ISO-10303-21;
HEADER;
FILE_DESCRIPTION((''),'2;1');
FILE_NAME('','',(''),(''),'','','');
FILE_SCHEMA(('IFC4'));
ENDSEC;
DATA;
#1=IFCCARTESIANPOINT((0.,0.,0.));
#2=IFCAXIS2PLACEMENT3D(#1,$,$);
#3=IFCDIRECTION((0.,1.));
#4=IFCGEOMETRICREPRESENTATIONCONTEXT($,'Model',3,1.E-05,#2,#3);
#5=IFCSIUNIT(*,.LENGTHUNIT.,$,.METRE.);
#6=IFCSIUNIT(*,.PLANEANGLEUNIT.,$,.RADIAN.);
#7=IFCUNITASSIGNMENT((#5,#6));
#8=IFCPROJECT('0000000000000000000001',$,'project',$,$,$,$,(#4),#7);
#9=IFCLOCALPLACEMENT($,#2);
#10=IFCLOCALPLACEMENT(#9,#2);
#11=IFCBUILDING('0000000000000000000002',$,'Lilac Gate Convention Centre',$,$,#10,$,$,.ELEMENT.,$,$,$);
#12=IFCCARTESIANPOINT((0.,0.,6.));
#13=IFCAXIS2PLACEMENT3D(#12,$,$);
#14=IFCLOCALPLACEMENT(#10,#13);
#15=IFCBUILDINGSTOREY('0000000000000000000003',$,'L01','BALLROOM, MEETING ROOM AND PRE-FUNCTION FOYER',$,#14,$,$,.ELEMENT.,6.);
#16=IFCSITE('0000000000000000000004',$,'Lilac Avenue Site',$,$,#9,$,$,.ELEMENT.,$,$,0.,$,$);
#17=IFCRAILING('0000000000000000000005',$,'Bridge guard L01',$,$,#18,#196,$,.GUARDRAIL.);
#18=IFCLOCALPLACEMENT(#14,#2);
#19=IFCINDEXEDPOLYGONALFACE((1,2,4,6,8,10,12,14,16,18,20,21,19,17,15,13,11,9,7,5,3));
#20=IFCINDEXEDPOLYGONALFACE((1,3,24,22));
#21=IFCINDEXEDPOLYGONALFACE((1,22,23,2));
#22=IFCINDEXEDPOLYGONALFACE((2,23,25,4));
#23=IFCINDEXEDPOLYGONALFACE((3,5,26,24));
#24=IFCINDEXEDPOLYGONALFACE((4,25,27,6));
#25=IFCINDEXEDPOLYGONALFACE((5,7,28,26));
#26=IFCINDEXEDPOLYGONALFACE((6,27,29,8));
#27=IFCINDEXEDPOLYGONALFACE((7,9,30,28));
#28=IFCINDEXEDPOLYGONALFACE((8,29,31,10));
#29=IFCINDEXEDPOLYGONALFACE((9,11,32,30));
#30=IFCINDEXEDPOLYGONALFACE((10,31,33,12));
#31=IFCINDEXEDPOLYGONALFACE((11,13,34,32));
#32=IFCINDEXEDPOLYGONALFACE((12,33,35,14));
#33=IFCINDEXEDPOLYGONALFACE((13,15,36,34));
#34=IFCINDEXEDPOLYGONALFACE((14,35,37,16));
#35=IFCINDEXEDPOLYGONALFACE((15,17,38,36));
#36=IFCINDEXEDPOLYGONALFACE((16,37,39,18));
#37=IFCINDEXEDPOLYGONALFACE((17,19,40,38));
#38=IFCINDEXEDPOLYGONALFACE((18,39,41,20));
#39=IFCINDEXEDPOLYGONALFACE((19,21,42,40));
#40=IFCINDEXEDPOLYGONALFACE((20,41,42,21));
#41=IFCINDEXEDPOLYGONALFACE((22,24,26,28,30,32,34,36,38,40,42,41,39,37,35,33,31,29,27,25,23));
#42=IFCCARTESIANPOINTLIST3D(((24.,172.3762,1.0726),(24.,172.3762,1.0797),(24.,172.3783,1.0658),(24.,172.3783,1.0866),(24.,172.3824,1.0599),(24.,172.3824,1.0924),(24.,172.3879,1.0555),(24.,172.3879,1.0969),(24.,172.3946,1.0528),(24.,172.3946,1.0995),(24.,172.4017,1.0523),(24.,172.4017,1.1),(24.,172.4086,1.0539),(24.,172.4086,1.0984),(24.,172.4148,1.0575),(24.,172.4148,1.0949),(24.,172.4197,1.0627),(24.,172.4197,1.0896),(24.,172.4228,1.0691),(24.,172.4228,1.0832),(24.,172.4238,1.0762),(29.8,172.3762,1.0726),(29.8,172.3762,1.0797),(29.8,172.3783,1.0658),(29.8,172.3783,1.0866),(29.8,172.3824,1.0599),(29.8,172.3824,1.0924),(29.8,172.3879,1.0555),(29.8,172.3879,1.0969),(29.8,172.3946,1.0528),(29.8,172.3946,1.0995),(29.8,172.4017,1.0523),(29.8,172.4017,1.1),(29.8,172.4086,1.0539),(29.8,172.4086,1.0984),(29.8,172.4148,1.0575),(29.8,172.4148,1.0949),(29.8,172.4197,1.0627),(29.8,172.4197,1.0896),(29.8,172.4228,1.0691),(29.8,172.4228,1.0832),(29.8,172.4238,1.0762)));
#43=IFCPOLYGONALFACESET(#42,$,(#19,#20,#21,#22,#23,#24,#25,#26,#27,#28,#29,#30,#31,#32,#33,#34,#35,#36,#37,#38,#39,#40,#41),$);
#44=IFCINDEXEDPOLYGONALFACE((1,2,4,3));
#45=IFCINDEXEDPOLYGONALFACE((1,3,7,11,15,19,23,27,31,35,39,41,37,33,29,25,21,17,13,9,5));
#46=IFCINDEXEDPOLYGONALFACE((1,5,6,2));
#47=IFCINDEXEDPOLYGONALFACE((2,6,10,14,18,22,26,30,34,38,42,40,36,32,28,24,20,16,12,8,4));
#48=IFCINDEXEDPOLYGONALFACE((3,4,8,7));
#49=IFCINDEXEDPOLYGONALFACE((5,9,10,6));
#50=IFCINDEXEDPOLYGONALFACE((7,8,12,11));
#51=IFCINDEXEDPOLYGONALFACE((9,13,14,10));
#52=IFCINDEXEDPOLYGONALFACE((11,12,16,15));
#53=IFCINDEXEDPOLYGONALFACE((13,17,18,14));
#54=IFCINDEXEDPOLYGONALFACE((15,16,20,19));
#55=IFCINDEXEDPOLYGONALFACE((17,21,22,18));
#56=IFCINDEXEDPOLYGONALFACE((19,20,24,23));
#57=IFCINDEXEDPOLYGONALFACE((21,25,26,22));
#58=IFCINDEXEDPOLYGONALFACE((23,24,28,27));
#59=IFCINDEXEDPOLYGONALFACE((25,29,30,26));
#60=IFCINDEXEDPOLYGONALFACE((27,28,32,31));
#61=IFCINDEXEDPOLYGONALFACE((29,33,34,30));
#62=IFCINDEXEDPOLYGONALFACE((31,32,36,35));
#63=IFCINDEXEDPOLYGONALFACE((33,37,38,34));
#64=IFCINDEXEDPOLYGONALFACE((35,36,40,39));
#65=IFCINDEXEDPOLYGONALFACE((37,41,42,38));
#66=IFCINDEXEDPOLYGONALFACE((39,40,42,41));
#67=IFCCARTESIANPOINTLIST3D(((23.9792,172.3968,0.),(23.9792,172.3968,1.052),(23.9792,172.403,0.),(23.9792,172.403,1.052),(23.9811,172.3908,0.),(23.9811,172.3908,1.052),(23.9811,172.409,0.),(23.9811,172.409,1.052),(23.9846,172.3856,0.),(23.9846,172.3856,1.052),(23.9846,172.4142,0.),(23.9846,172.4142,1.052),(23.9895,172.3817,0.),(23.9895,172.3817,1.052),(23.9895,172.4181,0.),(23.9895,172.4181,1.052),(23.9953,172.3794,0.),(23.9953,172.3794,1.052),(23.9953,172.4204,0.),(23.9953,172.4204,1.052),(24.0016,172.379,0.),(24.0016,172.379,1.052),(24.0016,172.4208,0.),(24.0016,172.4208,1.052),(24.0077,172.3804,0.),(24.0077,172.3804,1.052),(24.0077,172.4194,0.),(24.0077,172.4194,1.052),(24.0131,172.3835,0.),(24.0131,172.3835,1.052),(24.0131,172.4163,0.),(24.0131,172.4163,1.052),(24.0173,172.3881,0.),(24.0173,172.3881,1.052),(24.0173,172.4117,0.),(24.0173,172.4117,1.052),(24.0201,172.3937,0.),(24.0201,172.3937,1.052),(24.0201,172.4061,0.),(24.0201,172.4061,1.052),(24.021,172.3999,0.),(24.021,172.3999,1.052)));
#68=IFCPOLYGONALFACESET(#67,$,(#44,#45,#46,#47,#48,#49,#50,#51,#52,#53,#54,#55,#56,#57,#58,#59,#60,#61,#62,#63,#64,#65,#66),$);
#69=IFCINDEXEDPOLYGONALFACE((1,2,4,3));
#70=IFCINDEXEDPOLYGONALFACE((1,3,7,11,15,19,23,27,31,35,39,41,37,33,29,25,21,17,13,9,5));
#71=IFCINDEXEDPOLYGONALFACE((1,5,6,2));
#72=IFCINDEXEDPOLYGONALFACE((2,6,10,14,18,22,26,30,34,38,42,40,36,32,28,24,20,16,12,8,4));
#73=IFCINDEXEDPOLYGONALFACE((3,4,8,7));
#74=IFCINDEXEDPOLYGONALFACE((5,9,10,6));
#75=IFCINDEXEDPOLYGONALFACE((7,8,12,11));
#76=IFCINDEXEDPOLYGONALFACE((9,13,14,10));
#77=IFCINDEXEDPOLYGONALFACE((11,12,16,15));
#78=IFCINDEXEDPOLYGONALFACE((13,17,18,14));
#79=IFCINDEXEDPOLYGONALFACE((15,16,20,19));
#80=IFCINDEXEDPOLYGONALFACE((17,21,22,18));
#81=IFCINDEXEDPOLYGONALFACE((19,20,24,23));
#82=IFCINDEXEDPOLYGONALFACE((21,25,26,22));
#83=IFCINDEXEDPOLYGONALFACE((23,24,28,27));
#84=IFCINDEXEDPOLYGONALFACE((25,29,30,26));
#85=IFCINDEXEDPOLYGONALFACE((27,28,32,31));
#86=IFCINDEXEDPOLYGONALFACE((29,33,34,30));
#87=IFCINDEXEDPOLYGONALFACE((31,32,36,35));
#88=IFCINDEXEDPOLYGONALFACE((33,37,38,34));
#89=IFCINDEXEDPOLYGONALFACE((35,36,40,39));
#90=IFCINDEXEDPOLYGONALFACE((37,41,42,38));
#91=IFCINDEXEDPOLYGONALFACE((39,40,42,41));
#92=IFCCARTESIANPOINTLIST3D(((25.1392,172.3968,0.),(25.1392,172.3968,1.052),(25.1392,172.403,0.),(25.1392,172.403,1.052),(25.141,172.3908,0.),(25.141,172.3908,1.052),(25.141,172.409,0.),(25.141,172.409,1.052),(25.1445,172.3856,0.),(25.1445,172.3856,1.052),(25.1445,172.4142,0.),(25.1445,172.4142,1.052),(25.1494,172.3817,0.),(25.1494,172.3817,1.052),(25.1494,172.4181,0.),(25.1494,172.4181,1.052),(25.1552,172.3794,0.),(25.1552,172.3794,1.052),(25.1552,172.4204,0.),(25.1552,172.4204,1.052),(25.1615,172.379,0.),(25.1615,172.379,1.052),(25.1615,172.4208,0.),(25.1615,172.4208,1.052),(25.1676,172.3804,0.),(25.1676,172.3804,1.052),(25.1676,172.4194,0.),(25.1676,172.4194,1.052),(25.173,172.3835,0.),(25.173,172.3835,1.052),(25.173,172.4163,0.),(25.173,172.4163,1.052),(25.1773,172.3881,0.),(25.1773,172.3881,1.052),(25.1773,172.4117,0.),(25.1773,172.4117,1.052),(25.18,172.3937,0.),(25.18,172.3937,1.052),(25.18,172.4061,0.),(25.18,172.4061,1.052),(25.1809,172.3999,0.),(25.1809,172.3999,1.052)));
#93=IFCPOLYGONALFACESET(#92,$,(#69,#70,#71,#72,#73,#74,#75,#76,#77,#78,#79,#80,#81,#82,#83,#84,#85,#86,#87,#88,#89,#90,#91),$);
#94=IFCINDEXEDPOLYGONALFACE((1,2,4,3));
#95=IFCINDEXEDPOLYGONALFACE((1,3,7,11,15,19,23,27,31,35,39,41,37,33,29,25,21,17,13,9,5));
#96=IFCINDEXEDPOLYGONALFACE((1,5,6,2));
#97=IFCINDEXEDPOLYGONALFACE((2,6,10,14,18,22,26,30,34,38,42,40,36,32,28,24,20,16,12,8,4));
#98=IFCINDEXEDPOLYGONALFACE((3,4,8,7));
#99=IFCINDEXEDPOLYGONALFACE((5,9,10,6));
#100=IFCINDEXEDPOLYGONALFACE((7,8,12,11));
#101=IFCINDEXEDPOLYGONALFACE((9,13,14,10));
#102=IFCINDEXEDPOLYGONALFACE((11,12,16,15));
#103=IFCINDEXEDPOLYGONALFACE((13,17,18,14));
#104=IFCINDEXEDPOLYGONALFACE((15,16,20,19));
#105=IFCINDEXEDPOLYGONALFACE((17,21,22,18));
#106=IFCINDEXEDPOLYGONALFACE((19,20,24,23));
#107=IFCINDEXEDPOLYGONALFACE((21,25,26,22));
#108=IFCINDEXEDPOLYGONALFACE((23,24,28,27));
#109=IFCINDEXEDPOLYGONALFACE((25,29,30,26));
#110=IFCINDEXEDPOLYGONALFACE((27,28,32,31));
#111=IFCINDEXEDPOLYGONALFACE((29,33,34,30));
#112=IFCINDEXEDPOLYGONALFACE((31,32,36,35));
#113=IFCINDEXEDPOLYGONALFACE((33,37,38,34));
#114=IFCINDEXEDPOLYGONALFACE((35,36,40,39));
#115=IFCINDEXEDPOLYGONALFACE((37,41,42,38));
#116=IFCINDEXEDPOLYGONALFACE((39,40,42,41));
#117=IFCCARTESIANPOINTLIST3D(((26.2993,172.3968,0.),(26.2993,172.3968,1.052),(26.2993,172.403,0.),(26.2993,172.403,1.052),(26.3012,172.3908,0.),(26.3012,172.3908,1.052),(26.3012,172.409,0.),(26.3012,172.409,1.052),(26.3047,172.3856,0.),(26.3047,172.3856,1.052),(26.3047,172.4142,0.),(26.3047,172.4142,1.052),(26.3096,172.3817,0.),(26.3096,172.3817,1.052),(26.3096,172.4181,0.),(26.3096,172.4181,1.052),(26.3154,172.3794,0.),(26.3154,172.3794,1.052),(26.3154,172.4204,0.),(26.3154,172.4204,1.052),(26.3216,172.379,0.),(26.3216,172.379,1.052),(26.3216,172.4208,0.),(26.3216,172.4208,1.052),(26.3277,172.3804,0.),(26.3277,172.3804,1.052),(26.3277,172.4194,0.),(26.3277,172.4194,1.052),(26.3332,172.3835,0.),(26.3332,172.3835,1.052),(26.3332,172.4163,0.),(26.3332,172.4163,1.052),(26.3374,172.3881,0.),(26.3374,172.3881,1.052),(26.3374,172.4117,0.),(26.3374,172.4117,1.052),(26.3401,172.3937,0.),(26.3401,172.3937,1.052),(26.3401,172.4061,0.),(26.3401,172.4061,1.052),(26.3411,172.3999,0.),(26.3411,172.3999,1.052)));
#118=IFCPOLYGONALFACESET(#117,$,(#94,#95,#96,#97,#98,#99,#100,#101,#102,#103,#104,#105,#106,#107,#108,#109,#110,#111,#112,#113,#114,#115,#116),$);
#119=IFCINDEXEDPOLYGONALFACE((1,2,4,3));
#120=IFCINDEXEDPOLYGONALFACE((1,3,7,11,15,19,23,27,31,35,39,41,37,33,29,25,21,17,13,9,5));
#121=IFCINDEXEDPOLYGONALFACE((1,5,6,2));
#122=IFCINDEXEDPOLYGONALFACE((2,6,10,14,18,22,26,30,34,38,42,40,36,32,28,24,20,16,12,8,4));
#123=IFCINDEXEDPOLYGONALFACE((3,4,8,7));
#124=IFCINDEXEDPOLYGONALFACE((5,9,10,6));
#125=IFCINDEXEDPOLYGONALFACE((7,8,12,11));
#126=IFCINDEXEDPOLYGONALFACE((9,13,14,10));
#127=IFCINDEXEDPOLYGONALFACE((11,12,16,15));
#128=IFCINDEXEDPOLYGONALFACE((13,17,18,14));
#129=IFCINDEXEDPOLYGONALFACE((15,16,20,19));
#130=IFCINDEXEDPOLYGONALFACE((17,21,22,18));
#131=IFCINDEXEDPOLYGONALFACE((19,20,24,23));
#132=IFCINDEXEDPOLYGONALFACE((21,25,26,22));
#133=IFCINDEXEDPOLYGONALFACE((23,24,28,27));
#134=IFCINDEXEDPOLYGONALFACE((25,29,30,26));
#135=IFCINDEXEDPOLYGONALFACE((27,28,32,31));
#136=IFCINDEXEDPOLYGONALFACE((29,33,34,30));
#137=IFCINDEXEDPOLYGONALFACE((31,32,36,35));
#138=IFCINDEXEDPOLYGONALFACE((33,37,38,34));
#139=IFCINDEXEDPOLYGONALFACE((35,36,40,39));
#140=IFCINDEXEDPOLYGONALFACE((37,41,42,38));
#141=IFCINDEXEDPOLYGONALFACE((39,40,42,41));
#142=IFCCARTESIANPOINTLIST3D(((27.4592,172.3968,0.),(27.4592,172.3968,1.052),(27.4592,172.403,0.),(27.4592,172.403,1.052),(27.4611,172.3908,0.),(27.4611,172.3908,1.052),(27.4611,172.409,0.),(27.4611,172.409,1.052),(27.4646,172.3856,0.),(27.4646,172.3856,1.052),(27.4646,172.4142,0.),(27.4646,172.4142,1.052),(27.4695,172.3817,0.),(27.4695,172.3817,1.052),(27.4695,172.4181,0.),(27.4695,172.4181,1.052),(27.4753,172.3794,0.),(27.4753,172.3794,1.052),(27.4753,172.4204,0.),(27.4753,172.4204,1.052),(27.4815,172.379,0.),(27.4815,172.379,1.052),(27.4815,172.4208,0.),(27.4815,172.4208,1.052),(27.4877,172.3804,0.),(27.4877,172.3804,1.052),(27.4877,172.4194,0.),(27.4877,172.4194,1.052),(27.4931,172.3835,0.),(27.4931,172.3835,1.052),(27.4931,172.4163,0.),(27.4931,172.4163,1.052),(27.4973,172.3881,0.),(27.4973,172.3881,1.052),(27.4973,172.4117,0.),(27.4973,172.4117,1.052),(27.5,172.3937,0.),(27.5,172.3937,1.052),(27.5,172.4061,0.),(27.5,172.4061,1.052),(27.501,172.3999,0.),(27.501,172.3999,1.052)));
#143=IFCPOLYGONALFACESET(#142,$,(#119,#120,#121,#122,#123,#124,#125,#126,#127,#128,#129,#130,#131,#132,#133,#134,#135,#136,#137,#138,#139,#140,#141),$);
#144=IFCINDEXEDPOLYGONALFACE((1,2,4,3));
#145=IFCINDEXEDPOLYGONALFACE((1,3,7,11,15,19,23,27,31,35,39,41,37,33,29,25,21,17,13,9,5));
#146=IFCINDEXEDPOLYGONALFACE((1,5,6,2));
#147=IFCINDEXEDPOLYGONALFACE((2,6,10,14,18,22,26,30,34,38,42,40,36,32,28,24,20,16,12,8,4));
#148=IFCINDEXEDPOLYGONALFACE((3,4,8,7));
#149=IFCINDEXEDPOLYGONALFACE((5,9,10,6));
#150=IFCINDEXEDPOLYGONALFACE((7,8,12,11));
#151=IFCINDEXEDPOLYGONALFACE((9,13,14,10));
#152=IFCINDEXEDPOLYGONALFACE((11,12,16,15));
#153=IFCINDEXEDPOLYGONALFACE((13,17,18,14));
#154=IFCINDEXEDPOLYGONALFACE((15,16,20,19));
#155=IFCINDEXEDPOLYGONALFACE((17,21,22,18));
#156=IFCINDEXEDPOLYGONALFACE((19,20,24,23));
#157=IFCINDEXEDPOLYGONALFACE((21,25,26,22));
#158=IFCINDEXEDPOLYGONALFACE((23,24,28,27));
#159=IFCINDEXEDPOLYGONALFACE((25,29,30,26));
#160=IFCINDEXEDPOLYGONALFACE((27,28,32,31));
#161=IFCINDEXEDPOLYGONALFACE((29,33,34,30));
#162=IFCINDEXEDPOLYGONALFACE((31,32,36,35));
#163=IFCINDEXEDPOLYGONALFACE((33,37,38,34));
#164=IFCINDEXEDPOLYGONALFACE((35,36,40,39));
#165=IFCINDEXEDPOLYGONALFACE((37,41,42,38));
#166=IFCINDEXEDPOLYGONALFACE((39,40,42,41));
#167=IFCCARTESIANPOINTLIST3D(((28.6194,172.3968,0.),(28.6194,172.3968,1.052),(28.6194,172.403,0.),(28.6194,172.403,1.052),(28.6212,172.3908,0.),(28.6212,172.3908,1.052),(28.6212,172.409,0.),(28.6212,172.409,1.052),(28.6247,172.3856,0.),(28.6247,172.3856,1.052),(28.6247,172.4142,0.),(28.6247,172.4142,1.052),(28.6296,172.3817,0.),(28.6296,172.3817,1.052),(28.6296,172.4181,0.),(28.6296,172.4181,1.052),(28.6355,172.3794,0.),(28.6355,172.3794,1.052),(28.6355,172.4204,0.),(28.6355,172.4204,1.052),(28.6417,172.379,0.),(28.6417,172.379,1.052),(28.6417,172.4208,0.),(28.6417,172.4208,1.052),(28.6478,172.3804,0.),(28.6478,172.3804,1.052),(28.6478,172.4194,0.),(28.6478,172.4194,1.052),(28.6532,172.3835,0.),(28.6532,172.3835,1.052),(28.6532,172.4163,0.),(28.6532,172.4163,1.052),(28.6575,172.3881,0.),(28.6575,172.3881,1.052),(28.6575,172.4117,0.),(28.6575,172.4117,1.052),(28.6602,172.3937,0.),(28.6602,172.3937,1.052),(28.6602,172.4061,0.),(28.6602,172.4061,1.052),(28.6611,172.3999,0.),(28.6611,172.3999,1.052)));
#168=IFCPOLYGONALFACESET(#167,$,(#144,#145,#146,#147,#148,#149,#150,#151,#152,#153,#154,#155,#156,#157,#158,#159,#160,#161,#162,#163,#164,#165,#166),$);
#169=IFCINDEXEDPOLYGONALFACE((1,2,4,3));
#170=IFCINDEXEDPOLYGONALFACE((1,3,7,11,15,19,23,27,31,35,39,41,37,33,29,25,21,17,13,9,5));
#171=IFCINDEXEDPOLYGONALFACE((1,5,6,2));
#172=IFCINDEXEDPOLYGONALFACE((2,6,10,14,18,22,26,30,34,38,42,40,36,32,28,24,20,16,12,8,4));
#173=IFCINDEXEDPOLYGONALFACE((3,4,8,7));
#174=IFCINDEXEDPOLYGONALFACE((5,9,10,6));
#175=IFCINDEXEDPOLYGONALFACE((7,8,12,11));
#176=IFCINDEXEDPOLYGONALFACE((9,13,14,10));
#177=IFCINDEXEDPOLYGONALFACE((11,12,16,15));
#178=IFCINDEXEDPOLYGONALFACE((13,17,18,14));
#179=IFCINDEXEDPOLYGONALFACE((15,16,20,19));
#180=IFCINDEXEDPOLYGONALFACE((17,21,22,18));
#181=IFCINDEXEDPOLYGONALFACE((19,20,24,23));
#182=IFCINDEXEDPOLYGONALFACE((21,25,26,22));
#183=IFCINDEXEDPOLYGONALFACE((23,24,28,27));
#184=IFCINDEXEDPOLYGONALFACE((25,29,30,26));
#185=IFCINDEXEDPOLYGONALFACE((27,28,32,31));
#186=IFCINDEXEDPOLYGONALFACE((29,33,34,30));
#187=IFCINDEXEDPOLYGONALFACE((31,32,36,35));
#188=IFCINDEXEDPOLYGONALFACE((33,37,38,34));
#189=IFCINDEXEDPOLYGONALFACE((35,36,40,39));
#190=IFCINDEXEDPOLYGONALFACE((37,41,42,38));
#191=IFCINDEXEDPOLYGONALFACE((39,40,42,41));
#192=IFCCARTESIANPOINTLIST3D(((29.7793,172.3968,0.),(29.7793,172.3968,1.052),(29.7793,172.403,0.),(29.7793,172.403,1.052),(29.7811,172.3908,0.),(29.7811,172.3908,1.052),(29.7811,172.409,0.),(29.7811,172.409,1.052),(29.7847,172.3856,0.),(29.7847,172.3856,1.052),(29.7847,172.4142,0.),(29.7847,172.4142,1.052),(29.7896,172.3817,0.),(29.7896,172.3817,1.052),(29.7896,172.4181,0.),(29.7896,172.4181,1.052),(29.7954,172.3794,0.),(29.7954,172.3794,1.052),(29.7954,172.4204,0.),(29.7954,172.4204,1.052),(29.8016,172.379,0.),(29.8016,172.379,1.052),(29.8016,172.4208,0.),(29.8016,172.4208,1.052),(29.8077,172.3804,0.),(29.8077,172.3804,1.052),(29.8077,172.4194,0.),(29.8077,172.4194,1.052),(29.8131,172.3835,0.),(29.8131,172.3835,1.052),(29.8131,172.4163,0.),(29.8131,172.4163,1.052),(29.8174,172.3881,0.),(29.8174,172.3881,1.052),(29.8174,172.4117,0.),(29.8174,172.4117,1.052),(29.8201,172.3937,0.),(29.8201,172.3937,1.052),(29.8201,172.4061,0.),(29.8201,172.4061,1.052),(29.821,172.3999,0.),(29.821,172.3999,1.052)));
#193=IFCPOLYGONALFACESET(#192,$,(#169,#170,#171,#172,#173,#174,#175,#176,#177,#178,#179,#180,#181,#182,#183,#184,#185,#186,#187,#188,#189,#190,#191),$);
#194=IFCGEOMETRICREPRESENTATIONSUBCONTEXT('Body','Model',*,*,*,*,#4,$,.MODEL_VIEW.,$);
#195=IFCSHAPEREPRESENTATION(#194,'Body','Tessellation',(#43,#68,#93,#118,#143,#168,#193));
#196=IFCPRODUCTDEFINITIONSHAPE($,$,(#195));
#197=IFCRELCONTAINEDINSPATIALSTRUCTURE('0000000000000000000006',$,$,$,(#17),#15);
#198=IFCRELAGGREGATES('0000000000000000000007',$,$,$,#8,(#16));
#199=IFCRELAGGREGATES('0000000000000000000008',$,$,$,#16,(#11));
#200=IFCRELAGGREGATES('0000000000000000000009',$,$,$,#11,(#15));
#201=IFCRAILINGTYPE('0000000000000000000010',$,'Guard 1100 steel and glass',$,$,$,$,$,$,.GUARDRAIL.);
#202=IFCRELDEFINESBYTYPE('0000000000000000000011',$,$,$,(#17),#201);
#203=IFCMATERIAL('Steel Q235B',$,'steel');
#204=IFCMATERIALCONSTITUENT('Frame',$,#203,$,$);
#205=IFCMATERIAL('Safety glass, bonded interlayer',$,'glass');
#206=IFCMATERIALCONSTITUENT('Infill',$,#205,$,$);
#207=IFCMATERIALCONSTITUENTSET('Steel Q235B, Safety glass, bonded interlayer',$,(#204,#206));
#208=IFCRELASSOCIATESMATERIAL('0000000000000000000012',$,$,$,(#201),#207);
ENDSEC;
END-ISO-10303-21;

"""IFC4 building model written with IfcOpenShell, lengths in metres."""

from ifc_helpers import new_model, si_unit, direction, frame, origin, origin_2d, place, context, subcontext, project, spatial, circle, extrude, material, constituent, constituent_set, type_object, element, save


model = new_model("IFC4")

# Units and contexts
model_context = context("Model", 3, precision=1e-05, world=origin(), true_north=direction((0.0, 1.0)))
body_context = subcontext(model_context, "Body", "Model", "MODEL_VIEW")
ifc_project = project(units=[si_unit("LENGTHUNIT", "METRE"), si_unit("PLANEANGLEUNIT", "RADIAN")], contexts=[model_context])

# Site, building, storey
site_placement = place(None, origin())
site = spatial("IfcSite", under=ifc_project, at=site_placement, Name="Lilac Avenue Site", CompositionType="ELEMENT", RefElevation=0.0)
building_placement = place(site_placement, origin())
building = spatial("IfcBuilding", under=site, at=building_placement, Name="Lilac Gate Convention Centre", CompositionType="ELEMENT")
storey_placement = place(building_placement, frame((0.0, 0.0, 6.0)))
storey = spatial("IfcBuildingStorey", under=building, at=storey_placement, Name="L01", Description="BALLROOM, MEETING ROOM AND PRE-FUNCTION FOYER", CompositionType="ELEMENT", Elevation=6.0)

# Shared definitions
ifc_material_1 = material(Name="Steel Q235B", Category="steel")

# Railing
ifc_constituent_1 = constituent(ifc_material_1, Name="Frame")
ifc_material_2 = material(Name="Safety glass, bonded interlayer", Category="glass")
ifc_constituent_2 = constituent(ifc_material_2, Name="Infill")
ifc_constituent_set = constituent_set(constituents=[ifc_constituent_1, ifc_constituent_2], Name="Steel Q235B, Safety glass, bonded interlayer")
railing_type = type_object("IfcRailingType", Name="Guard 1100 steel and glass", PredefinedType="GUARDRAIL", material=ifc_constituent_set)
for number, where, name in (
    (1, (24.0, 172.3999, 0.0), "Bridge guard L01"),
):
    element("IfcRailing", number, at=place(storey_placement, frame(where)), inside=storey, type_object=railing_type, Name=name, PredefinedType="GUARDRAIL", context=body_context, shape_type="SweptSolid", body=[
        extrude(circle(Radius=0.0239, at=origin_2d()), frame((0.0, 0.0, 1.0762), z_axis=(1.0, 0.0, 0.0), x_axis=(0.0, 1.0, 0.0)), (0.0, 0.0, 1.0), 5.8),
        extrude(circle(Radius=0.021, at=origin_2d()), origin(), (0.0, 0.0, 1.0), 1.052),
        extrude(circle(Radius=0.021, at=origin_2d()), frame((1.1599, 0.0, 0.0)), (0.0, 0.0, 1.0), 1.052),
        extrude(circle(Radius=0.021, at=origin_2d()), frame((2.3201, 0.0, 0.0)), (0.0, 0.0, 1.0), 1.052),
        extrude(circle(Radius=0.021, at=origin_2d()), frame((3.48, 0.0, 0.0)), (0.0, 0.0, 1.0), 1.052),
        extrude(circle(Radius=0.021, at=origin_2d()), frame((4.6401, 0.0, 0.0)), (0.0, 0.0, 1.0), 1.052),
        extrude(circle(Radius=0.021, at=origin_2d()), frame((5.8, 0.0, 0.0)), (0.0, 0.0, 1.0), 1.052),
    ])

save(model, "model.ifc")
